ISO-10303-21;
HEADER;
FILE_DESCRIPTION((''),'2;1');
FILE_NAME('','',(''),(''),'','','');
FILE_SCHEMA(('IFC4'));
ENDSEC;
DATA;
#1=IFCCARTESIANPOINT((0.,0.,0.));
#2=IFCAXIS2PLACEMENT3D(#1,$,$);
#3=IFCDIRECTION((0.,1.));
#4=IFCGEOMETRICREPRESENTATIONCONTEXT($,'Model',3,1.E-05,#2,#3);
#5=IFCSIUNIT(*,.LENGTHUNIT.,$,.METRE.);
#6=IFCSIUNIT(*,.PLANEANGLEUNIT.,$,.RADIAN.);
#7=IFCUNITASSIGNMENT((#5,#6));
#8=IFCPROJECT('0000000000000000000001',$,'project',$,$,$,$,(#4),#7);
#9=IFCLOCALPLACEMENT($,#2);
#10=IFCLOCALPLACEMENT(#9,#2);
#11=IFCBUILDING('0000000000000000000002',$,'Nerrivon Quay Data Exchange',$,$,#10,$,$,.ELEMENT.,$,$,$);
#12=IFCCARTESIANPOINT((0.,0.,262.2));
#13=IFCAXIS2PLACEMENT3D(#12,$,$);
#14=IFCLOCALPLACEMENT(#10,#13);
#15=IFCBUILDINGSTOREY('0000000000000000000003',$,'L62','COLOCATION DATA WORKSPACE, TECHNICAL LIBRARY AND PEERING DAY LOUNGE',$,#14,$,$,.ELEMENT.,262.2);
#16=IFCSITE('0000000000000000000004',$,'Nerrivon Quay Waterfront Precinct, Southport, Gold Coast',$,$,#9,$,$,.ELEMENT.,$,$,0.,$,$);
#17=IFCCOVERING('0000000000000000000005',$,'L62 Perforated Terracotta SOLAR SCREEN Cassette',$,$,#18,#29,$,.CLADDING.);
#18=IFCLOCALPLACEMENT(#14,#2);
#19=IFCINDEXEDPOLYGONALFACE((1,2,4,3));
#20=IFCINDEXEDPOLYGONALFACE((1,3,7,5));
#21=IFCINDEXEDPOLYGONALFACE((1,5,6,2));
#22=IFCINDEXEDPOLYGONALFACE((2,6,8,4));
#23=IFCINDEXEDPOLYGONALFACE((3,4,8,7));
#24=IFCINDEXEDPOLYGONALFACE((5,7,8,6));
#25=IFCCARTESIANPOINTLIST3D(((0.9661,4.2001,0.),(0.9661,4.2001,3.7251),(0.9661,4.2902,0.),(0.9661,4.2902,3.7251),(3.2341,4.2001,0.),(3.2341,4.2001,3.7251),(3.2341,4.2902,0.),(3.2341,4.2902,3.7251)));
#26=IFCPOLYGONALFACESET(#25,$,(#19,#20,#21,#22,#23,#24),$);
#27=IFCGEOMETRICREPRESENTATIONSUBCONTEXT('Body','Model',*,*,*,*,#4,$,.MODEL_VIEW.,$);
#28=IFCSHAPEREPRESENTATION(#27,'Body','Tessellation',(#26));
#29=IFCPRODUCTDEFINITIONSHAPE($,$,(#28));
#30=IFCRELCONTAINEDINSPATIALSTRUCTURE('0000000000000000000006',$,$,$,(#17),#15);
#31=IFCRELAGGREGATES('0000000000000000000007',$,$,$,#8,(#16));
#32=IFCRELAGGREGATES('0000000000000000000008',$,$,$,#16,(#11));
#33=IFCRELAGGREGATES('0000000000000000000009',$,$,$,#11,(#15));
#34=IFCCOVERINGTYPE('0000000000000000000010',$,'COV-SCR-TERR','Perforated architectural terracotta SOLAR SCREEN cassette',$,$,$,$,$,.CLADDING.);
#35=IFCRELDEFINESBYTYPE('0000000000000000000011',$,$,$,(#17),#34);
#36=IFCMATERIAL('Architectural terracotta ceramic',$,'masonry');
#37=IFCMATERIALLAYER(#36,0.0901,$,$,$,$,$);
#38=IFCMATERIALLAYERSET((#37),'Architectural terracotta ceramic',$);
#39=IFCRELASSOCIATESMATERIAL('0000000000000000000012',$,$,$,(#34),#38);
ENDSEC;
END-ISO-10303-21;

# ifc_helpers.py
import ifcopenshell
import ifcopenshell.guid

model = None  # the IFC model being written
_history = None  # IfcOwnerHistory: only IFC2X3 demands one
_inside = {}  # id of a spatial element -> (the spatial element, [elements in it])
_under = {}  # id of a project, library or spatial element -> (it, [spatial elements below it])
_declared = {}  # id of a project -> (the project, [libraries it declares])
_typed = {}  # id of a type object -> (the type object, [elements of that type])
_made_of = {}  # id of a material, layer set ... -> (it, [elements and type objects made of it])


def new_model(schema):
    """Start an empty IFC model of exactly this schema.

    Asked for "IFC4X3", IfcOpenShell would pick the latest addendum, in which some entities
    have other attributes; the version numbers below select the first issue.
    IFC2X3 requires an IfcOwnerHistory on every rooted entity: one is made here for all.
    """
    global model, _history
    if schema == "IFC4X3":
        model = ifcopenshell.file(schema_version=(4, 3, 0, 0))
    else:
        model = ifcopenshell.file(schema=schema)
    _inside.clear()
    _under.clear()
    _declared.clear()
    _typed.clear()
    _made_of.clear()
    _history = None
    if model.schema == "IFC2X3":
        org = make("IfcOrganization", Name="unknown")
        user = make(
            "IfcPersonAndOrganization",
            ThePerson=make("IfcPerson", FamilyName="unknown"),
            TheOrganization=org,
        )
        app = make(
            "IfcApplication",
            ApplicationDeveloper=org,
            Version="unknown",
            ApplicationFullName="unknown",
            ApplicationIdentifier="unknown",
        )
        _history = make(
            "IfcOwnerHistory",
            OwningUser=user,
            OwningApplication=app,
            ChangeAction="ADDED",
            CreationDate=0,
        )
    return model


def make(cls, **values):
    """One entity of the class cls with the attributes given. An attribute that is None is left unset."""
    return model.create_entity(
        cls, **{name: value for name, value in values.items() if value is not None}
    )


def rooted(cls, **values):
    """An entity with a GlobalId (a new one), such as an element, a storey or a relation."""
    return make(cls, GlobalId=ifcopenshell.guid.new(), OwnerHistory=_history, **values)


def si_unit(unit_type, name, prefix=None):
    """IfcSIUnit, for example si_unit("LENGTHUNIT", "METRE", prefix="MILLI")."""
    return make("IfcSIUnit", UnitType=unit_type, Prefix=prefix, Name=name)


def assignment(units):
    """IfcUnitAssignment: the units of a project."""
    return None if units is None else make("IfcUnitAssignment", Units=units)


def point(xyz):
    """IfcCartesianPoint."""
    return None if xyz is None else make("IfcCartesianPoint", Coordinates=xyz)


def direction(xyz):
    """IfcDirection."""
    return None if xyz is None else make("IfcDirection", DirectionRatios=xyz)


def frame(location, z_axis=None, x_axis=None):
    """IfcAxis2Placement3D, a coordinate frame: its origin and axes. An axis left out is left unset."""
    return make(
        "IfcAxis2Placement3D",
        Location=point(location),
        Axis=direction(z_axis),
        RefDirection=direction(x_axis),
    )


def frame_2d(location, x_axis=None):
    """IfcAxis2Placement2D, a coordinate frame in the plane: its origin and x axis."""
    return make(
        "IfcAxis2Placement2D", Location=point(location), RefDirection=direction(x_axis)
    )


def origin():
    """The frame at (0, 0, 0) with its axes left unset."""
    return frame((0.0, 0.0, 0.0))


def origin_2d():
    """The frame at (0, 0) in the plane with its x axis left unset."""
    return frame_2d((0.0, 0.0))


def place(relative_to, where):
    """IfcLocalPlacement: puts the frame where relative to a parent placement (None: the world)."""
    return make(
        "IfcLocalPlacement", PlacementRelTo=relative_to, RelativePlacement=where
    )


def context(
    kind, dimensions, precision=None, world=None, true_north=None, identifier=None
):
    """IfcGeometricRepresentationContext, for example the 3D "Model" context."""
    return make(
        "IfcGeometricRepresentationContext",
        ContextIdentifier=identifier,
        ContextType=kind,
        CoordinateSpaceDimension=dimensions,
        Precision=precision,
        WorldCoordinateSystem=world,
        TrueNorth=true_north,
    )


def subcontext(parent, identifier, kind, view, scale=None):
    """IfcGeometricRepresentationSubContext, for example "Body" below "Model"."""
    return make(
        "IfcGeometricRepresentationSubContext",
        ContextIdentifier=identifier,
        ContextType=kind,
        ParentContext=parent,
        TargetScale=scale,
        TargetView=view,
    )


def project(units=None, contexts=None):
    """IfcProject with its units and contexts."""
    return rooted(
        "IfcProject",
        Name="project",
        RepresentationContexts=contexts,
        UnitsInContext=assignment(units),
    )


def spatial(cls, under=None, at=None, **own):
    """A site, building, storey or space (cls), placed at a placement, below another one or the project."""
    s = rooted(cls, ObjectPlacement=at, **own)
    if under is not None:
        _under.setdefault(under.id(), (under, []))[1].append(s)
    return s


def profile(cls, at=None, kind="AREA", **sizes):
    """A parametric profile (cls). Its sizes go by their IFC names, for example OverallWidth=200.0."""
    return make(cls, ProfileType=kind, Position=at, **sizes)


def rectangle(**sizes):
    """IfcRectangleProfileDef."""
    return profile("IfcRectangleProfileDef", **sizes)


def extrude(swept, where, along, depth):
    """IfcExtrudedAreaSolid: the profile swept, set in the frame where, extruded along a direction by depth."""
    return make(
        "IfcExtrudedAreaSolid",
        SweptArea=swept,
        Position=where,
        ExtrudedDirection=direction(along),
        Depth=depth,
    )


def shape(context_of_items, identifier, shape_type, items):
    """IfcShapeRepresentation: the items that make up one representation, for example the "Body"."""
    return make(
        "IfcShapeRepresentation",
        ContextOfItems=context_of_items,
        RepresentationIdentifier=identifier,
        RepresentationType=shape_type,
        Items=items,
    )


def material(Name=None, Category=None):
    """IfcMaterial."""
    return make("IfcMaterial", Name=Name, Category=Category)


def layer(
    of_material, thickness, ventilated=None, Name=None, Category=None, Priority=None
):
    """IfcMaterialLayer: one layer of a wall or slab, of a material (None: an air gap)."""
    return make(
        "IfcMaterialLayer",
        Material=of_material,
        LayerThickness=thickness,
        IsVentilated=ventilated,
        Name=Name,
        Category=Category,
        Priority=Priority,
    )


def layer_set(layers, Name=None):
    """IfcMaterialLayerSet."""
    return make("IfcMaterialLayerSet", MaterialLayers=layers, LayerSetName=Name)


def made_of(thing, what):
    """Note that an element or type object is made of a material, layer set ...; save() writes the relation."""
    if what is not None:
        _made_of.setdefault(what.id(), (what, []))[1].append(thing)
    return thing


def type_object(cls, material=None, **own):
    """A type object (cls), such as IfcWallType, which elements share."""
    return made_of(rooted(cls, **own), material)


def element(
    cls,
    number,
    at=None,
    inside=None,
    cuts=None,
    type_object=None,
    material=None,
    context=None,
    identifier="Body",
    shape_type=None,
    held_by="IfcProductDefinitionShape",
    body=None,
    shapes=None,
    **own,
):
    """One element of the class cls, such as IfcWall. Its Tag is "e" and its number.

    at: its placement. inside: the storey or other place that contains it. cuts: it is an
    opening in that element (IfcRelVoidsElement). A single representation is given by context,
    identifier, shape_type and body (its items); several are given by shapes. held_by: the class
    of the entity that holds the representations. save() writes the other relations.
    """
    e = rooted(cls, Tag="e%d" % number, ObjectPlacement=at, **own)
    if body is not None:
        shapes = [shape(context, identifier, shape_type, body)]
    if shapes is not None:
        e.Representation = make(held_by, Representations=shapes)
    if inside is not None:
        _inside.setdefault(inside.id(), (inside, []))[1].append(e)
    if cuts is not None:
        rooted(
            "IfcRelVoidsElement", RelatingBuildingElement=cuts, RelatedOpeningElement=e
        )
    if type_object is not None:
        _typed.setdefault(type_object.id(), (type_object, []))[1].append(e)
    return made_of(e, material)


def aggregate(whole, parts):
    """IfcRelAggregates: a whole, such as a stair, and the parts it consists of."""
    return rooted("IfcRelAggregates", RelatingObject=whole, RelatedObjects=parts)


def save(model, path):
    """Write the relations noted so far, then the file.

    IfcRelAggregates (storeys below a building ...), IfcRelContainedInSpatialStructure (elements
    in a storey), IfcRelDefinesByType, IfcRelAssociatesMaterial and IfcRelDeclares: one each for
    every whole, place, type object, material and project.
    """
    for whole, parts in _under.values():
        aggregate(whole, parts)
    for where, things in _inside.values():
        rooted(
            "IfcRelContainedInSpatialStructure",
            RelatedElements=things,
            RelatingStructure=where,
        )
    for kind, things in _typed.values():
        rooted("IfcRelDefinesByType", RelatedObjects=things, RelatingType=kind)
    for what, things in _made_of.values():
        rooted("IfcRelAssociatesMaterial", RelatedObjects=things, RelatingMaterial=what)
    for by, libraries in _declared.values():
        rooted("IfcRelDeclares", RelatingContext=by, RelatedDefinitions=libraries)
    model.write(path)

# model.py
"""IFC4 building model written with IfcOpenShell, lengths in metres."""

from ifc_helpers import new_model, si_unit, direction, frame, origin, origin_2d, place, context, subcontext, project, spatial, rectangle, extrude, material, layer, layer_set, type_object, element, save


model = new_model("IFC4")

# Units and contexts
model_context = context("Model", 3, precision=1e-05, world=origin(), true_north=direction((0.0, 1.0)))
body_context = subcontext(model_context, "Body", "Model", "MODEL_VIEW")
ifc_project = project(units=[si_unit("LENGTHUNIT", "METRE"), si_unit("PLANEANGLEUNIT", "RADIAN")], contexts=[model_context])

# Site, building, storey
site_placement = place(None, origin())
site = spatial("IfcSite", under=ifc_project, at=site_placement, Name="Nerrivon Quay Waterfront Precinct, Southport, Gold Coast", CompositionType="ELEMENT", RefElevation=0.0)
building_placement = place(site_placement, origin())
building = spatial("IfcBuilding", under=site, at=building_placement, Name="Nerrivon Quay Data Exchange", CompositionType="ELEMENT")
storey_placement = place(building_placement, frame((0.0, 0.0, 262.2)))
storey = spatial("IfcBuildingStorey", under=building, at=storey_placement, Name="L62", Description="COLOCATION DATA WORKSPACE, TECHNICAL LIBRARY AND PEERING DAY LOUNGE", CompositionType="ELEMENT", Elevation=262.2)

# Covering
ifc_material_1 = material(Name="Architectural terracotta ceramic", Category="masonry")
ifc_layer_1 = layer(ifc_material_1, 0.0901)
ifc_layer_set_1 = layer_set([ifc_layer_1], Name="Architectural terracotta ceramic")
covering_type = type_object("IfcCoveringType", Name="COV-SCR-TERR", Description="Perforated architectural terracotta SOLAR SCREEN cassette", PredefinedType="CLADDING", material=ifc_layer_set_1)
for number, where, z_axis, x_axis, name in (
    (1, (2.1001, 4.2451, 0.0), (0.0, 0.0, 1.0), (-1.0, 0.0, 0.0), "L62 Perforated Terracotta SOLAR SCREEN Cassette"),
):
    element("IfcCovering", number, at=place(storey_placement, frame(where, z_axis=z_axis, x_axis=x_axis)), inside=storey, type_object=covering_type, Name=name, PredefinedType="CLADDING", context=body_context, shape_type="SweptSolid", body=[
        extrude(rectangle(XDim=2.2681, YDim=0.0901, at=origin_2d()), origin(), (0.0, 0.0, 1.0), 3.7251),
    ])

save(model, "model.ifc")
